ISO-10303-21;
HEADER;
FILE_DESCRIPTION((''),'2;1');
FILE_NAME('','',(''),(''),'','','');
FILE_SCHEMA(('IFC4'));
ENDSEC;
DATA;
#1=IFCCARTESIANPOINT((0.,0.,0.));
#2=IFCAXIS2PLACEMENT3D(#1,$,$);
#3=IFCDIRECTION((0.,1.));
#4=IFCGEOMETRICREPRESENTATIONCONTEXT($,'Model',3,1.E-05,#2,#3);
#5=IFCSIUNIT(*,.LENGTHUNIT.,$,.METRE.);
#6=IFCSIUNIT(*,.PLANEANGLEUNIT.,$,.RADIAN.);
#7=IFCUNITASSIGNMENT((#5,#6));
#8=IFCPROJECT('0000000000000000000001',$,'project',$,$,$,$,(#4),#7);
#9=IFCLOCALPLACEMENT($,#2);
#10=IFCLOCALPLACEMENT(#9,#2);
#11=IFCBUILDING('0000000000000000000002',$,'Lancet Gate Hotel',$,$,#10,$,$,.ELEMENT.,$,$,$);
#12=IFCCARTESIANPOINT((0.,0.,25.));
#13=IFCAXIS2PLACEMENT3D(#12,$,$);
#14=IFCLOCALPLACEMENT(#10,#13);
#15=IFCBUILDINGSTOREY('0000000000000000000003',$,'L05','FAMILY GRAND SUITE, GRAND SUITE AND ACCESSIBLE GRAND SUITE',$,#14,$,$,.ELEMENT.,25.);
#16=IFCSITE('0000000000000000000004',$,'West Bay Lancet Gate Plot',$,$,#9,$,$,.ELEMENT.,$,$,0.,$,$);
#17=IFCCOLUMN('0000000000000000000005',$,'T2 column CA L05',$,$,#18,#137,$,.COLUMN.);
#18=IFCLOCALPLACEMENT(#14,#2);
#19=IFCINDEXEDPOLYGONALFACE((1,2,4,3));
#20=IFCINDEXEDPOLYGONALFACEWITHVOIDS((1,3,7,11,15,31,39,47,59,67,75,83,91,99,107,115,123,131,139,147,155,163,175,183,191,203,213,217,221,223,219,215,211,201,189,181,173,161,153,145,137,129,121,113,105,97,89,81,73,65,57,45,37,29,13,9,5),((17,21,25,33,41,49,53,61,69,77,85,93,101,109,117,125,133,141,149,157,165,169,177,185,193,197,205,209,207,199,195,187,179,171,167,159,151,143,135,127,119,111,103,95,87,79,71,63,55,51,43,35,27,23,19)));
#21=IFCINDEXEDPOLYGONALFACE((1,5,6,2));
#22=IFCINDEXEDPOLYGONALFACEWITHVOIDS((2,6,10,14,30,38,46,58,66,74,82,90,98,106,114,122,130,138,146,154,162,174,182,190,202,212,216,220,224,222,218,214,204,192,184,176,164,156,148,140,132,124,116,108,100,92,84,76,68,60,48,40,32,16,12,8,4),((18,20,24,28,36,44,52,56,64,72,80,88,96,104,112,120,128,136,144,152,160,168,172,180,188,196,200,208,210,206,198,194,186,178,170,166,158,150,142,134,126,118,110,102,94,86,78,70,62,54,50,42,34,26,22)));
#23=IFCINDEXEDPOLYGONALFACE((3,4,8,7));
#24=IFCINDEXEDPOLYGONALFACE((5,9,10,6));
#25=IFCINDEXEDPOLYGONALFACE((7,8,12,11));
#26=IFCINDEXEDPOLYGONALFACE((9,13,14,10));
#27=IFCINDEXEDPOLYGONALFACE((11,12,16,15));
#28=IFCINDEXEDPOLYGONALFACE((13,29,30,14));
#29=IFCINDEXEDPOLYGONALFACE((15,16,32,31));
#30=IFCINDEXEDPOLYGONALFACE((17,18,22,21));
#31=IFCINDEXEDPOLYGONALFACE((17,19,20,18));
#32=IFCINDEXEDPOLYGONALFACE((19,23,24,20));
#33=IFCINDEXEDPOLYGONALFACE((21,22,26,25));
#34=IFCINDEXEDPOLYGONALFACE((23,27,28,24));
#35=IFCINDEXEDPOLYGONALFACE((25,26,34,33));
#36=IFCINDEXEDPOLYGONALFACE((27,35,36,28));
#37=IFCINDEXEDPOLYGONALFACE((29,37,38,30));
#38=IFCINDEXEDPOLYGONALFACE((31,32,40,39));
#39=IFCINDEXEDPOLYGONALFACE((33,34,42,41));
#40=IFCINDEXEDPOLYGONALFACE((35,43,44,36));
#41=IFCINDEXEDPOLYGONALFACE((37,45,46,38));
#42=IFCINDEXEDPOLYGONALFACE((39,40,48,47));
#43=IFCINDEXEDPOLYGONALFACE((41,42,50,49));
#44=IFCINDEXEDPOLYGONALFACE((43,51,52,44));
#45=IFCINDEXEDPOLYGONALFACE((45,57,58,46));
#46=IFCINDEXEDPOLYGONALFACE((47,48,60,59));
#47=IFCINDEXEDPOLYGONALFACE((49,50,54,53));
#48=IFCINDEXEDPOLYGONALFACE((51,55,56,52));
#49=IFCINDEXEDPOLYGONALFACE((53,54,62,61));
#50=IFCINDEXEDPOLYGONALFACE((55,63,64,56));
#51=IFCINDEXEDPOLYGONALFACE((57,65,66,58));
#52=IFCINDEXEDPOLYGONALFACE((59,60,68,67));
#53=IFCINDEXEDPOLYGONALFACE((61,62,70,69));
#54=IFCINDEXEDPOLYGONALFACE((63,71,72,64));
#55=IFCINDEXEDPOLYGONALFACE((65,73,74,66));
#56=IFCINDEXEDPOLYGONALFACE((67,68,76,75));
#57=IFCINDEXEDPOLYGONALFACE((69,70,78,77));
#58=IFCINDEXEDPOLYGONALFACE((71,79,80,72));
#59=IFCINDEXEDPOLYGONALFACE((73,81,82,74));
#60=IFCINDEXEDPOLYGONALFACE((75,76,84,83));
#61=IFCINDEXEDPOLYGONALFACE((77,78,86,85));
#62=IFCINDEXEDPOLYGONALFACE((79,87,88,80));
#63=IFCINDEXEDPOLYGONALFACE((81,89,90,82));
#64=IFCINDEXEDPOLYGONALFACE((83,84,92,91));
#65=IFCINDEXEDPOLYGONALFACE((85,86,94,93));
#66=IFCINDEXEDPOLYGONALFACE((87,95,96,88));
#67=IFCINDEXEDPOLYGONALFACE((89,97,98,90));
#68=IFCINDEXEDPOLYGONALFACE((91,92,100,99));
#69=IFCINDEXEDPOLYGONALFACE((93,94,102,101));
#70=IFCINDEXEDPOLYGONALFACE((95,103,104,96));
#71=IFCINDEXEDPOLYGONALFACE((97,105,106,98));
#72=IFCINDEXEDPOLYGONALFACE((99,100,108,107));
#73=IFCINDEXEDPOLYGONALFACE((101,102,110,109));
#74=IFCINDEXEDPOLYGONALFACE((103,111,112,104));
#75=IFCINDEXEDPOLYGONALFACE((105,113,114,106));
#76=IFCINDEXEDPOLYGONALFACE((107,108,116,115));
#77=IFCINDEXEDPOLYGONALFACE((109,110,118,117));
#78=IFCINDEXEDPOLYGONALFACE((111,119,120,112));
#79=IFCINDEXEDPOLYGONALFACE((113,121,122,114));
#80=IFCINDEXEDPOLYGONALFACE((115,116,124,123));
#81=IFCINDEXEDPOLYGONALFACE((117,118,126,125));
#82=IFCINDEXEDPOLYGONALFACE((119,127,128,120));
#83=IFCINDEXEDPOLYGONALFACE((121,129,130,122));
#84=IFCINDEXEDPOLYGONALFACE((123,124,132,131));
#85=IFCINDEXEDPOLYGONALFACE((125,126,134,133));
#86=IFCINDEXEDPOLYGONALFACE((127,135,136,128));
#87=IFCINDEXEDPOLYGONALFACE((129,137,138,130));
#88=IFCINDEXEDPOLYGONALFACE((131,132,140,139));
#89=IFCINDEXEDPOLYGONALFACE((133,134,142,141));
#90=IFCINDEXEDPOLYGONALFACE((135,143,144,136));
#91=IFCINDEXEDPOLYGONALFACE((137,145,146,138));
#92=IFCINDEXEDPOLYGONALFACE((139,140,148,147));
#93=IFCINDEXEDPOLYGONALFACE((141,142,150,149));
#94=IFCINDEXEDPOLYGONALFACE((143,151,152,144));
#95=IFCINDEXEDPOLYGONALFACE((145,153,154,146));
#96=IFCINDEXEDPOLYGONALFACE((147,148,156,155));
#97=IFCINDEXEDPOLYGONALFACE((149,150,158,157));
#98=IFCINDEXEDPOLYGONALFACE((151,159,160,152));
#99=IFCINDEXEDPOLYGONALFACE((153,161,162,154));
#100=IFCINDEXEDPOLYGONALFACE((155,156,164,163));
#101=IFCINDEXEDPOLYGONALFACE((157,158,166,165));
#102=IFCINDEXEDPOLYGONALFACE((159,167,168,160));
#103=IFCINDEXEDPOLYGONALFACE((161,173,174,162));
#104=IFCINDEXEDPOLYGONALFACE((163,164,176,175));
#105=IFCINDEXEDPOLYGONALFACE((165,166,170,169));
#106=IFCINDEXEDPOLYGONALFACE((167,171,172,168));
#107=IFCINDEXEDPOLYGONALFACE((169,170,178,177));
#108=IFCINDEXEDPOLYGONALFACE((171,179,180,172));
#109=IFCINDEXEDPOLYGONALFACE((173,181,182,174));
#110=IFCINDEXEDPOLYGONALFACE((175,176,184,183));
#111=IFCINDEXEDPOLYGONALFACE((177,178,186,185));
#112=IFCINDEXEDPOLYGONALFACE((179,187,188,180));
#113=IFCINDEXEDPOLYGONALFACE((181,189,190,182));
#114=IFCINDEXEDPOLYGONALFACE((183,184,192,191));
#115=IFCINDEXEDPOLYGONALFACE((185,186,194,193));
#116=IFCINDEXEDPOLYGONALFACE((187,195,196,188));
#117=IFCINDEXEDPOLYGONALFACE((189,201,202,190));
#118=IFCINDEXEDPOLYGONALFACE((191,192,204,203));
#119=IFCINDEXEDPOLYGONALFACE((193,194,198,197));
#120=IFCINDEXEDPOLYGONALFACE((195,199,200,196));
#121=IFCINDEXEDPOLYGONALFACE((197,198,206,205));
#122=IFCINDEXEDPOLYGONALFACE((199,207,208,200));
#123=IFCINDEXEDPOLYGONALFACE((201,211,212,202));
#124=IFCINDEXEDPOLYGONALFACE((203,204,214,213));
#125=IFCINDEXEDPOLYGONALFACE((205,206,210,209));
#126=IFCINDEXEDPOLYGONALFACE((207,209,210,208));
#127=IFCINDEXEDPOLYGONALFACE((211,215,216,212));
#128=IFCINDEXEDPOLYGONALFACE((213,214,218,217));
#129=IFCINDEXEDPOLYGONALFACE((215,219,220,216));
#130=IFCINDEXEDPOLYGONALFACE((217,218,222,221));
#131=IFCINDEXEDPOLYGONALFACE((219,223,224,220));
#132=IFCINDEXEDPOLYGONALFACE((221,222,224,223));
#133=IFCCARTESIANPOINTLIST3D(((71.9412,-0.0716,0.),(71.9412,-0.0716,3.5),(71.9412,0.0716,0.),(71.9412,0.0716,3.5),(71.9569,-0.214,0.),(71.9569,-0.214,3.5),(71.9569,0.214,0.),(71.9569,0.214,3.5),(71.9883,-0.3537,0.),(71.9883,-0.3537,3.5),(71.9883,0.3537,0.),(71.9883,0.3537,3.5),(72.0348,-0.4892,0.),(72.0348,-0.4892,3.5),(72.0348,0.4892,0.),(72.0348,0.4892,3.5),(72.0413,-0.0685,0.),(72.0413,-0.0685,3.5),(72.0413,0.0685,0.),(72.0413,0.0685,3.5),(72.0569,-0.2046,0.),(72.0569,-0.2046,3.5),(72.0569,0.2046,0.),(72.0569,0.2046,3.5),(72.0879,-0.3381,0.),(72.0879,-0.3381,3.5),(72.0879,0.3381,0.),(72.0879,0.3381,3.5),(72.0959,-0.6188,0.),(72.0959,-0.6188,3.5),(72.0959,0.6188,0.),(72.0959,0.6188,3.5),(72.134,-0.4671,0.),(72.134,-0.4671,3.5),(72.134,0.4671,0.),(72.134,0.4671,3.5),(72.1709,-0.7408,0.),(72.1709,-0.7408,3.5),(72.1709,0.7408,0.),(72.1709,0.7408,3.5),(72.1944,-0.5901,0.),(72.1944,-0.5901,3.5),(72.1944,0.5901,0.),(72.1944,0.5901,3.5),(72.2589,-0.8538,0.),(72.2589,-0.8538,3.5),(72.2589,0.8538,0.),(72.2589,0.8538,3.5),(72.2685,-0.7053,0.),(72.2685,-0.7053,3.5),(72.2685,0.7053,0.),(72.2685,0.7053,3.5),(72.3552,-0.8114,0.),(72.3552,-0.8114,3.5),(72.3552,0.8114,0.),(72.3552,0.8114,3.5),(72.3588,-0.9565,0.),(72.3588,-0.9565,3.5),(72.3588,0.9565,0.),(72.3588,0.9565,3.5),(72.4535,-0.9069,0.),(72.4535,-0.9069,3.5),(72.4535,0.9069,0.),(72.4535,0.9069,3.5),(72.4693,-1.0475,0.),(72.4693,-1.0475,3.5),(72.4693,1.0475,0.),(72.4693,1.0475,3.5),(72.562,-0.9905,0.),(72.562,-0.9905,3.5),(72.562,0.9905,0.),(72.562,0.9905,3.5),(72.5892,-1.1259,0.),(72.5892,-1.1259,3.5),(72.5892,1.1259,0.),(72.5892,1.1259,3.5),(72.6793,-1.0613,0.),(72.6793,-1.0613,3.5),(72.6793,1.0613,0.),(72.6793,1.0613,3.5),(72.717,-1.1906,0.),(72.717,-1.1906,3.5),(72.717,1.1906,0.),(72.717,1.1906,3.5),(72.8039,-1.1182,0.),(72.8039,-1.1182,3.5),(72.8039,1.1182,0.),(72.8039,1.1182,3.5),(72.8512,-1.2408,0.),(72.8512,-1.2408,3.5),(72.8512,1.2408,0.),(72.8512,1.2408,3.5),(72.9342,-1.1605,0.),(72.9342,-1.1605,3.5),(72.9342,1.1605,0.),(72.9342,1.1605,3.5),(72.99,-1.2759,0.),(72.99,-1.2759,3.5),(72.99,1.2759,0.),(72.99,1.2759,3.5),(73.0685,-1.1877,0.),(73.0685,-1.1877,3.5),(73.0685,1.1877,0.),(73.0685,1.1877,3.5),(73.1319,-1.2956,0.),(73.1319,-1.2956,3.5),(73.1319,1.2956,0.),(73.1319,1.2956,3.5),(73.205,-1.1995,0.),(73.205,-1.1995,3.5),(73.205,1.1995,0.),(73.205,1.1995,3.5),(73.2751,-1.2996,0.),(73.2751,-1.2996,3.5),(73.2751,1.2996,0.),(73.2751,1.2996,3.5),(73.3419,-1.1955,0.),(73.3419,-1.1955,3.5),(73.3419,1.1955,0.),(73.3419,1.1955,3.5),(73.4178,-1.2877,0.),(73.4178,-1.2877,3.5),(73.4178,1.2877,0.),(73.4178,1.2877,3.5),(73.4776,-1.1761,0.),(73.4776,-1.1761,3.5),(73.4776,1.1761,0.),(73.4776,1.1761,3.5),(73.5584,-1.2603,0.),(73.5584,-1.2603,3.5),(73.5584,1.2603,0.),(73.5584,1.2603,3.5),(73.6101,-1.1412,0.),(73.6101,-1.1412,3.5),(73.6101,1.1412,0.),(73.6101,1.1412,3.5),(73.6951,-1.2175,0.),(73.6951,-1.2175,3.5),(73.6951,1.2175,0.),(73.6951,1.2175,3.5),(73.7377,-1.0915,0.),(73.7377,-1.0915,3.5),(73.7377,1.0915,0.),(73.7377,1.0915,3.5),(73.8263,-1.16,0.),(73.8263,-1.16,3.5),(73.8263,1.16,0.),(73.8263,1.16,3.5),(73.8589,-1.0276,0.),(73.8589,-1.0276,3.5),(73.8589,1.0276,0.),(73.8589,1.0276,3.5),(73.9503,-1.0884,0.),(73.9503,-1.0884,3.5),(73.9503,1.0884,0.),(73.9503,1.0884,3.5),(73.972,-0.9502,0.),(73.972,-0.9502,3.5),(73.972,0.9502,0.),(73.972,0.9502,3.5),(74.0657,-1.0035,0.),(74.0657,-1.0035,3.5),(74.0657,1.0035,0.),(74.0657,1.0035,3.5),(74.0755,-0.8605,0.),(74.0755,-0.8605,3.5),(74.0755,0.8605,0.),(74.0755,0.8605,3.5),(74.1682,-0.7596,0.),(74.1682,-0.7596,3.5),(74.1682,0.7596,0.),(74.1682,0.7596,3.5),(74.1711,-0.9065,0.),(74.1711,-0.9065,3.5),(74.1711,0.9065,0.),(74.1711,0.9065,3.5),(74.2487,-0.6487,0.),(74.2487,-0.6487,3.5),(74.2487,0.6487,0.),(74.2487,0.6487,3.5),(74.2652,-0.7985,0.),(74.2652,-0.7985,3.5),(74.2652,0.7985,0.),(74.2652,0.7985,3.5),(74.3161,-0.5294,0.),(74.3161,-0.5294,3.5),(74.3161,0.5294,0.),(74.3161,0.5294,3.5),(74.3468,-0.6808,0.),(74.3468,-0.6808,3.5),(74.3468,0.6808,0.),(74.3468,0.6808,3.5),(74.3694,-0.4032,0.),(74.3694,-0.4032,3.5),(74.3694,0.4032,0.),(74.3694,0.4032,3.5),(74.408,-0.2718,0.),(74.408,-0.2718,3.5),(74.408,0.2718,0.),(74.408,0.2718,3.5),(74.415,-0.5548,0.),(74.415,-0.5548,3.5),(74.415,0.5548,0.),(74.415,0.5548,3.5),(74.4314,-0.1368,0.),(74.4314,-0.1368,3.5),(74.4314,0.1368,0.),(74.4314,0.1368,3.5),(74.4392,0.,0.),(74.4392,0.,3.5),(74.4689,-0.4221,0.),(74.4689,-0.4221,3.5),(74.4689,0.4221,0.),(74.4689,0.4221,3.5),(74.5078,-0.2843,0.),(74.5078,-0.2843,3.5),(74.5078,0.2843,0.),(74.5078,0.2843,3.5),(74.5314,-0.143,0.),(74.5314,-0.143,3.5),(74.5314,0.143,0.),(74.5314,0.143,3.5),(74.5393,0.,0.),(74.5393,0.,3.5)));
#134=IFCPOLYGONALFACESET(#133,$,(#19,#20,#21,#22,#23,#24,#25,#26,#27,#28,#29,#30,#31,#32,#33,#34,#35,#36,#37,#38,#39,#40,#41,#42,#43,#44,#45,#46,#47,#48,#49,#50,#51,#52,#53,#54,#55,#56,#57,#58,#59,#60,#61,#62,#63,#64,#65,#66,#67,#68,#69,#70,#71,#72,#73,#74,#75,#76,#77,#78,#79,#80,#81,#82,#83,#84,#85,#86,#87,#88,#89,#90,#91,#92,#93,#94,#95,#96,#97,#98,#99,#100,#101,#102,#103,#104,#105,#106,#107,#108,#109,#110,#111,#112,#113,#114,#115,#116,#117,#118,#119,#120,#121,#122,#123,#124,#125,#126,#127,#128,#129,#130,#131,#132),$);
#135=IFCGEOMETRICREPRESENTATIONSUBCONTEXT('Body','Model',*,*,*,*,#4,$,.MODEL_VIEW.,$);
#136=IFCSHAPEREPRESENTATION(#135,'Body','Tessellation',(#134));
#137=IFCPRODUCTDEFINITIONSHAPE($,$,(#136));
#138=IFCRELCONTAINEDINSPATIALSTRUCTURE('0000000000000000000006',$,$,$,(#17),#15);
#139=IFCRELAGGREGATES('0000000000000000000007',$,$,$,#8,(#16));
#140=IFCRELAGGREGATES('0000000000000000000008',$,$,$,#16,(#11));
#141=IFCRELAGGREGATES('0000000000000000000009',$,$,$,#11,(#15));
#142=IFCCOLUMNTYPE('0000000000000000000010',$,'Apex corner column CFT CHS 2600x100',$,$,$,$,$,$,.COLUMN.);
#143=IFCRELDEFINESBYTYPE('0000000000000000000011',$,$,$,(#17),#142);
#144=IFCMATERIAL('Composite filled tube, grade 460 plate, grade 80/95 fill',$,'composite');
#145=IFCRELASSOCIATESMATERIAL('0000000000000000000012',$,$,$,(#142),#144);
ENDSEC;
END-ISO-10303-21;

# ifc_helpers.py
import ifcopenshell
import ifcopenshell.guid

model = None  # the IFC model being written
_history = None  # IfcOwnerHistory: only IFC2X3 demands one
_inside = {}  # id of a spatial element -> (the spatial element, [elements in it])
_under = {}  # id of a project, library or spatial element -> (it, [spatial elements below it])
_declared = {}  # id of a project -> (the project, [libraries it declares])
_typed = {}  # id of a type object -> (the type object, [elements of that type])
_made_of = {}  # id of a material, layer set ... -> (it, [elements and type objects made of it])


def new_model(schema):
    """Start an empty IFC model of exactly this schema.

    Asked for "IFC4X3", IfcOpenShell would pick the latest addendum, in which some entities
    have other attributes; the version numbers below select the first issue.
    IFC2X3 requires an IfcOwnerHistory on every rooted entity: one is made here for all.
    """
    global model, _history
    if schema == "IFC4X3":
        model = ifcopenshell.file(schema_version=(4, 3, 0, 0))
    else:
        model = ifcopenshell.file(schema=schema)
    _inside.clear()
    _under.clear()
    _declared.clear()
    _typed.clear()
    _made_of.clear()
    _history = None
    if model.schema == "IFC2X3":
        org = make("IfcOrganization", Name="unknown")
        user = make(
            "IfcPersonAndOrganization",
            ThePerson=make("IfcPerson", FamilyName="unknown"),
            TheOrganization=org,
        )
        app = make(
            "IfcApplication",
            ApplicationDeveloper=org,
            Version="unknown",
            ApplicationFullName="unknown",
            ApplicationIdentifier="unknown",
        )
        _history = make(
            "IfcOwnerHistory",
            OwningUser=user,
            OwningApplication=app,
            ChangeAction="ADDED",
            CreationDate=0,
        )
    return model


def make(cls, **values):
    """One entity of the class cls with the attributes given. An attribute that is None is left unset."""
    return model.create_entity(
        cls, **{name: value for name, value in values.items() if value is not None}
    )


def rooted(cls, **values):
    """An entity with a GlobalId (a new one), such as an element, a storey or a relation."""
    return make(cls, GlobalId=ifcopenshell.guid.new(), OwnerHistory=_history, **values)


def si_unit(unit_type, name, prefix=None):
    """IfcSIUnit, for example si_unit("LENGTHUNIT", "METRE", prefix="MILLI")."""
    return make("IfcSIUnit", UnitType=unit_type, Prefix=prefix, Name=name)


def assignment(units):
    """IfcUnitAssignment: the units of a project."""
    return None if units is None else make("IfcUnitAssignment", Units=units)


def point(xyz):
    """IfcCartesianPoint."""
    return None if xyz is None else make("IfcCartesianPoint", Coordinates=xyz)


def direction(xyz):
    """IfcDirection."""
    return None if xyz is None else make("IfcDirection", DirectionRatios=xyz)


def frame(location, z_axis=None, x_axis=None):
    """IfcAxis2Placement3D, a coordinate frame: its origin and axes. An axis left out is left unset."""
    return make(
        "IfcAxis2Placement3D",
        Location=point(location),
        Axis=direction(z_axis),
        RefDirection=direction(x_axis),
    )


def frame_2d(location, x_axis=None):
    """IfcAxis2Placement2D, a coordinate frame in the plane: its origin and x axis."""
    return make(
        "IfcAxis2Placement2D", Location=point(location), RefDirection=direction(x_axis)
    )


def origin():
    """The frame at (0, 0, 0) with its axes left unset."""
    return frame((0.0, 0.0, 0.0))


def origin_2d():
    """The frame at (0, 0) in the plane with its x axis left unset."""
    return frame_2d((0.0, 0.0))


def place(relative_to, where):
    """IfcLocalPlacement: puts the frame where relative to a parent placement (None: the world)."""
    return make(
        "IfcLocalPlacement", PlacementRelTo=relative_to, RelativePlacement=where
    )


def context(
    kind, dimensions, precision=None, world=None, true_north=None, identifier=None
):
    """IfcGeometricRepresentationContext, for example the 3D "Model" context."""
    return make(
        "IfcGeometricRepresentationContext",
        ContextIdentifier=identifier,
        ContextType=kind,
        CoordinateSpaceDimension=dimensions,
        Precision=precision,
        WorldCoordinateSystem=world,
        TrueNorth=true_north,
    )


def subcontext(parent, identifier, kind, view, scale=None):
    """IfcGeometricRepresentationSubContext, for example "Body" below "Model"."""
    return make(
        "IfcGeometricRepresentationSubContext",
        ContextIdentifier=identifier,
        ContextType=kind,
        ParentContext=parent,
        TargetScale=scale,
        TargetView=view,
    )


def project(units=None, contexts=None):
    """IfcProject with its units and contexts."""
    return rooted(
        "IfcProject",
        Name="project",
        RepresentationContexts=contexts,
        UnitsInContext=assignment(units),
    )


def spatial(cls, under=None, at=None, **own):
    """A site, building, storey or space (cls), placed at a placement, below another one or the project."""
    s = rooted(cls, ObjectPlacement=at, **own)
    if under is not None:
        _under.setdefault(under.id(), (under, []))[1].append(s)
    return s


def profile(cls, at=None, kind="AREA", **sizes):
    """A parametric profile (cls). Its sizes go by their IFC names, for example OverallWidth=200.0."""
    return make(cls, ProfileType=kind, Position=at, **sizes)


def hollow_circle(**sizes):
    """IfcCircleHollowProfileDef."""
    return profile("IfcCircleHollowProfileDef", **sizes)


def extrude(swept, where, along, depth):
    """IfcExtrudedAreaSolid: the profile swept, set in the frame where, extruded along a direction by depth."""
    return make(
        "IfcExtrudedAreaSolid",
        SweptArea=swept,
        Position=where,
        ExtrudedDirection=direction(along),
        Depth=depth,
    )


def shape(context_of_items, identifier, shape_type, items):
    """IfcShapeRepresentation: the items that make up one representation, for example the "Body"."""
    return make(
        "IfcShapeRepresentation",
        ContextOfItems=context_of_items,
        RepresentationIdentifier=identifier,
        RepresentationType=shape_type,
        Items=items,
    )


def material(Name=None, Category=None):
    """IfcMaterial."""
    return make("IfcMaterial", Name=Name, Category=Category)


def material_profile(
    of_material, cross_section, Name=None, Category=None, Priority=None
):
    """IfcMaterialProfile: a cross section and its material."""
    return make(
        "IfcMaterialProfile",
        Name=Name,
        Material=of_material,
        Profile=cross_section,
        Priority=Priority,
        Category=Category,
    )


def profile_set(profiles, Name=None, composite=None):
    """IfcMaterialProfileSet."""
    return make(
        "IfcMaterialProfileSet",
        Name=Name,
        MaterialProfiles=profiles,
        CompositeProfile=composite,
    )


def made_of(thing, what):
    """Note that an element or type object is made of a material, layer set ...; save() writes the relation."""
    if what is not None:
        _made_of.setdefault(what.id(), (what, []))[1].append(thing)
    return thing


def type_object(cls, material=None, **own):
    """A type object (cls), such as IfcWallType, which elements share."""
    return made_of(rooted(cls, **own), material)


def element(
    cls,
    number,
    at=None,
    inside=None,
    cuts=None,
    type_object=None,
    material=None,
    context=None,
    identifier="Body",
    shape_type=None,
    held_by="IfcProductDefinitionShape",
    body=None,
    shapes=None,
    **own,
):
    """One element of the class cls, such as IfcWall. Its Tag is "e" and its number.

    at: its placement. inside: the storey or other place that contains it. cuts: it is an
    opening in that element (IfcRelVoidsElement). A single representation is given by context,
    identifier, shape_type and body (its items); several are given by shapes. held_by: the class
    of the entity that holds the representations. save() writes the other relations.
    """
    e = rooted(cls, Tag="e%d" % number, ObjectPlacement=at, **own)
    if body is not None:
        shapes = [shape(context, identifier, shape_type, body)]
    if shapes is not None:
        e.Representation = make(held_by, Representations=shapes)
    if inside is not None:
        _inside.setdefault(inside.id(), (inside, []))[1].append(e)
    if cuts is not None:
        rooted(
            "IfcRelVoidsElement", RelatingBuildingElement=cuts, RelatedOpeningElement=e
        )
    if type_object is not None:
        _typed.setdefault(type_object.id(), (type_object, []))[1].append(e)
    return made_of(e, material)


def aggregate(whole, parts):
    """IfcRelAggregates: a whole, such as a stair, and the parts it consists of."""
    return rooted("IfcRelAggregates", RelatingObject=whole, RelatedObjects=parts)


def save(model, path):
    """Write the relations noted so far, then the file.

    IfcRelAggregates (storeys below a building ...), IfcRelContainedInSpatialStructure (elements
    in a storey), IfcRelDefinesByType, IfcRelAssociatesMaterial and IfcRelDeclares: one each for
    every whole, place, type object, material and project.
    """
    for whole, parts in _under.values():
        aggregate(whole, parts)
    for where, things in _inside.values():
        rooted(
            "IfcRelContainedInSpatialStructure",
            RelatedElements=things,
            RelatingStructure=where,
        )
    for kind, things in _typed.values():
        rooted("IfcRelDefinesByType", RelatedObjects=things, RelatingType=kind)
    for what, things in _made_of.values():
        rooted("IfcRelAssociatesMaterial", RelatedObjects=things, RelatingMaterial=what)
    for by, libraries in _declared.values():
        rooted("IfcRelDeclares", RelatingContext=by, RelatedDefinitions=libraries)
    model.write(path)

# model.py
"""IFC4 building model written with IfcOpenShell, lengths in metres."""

from ifc_helpers import new_model, si_unit, direction, frame, origin, origin_2d, place, context, subcontext, project, spatial, hollow_circle, extrude, material, material_profile, profile_set, type_object, element, save


model = new_model("IFC4")

# Units and contexts
model_context = context("Model", 3, precision=1e-05, world=origin(), true_north=direction((0.0, 1.0)))
body_context = subcontext(model_context, "Body", "Model", "MODEL_VIEW")
ifc_project = project(units=[si_unit("LENGTHUNIT", "METRE"), si_unit("PLANEANGLEUNIT", "RADIAN")], contexts=[model_context])

# Site, building, storey
site_placement = place(None, origin())
site = spatial("IfcSite", under=ifc_project, at=site_placement, Name="West Bay Lancet Gate Plot", CompositionType="ELEMENT", RefElevation=0.0)
building_placement = place(site_placement, origin())
building = spatial("IfcBuilding", under=site, at=building_placement, Name="Lancet Gate Hotel", CompositionType="ELEMENT")
storey_placement = place(building_placement, frame((0.0, 0.0, 25.0)))
storey = spatial("IfcBuildingStorey", under=building, at=storey_placement, Name="L05", Description="FAMILY GRAND SUITE, GRAND SUITE AND ACCESSIBLE GRAND SUITE", CompositionType="ELEMENT", Elevation=25.0)

# Column
ifc_material_1 = material(Name="Composite filled tube, grade 460 plate, grade 80/95 fill", Category="composite")
ifc_material_profile_1 = material_profile(ifc_material_1, hollow_circle(Radius=1.3, WallThickness=0.1001, at=origin_2d()), Name="CHS 2600x100")
ifc_profile_set_1 = profile_set([ifc_material_profile_1], Name="Composite filled tube, grade 460 plate, grade 80/95 fill")
column_type_1 = type_object("IfcColumnType", Name="Apex corner column CFT CHS 2600x100", PredefinedType="COLUMN", material=ifc_profile_set_1)
column_1_placement = place(storey_placement, frame((73.2393, 0.0, 0.0), z_axis=(0.0, 0.0, 1.0), x_axis=(1.0, 0.0, 0.0)))
element("IfcColumn", 1, at=column_1_placement, inside=storey, type_object=column_type_1, Name="T2 column CA L05", PredefinedType="COLUMN", context=body_context, shape_type="SweptSolid", body=[
    extrude(hollow_circle(Radius=1.3, WallThickness=0.1001, at=origin_2d()), origin(), (0.0, 0.0, 1.0), 3.5),
])

save(model, "model.ifc")
